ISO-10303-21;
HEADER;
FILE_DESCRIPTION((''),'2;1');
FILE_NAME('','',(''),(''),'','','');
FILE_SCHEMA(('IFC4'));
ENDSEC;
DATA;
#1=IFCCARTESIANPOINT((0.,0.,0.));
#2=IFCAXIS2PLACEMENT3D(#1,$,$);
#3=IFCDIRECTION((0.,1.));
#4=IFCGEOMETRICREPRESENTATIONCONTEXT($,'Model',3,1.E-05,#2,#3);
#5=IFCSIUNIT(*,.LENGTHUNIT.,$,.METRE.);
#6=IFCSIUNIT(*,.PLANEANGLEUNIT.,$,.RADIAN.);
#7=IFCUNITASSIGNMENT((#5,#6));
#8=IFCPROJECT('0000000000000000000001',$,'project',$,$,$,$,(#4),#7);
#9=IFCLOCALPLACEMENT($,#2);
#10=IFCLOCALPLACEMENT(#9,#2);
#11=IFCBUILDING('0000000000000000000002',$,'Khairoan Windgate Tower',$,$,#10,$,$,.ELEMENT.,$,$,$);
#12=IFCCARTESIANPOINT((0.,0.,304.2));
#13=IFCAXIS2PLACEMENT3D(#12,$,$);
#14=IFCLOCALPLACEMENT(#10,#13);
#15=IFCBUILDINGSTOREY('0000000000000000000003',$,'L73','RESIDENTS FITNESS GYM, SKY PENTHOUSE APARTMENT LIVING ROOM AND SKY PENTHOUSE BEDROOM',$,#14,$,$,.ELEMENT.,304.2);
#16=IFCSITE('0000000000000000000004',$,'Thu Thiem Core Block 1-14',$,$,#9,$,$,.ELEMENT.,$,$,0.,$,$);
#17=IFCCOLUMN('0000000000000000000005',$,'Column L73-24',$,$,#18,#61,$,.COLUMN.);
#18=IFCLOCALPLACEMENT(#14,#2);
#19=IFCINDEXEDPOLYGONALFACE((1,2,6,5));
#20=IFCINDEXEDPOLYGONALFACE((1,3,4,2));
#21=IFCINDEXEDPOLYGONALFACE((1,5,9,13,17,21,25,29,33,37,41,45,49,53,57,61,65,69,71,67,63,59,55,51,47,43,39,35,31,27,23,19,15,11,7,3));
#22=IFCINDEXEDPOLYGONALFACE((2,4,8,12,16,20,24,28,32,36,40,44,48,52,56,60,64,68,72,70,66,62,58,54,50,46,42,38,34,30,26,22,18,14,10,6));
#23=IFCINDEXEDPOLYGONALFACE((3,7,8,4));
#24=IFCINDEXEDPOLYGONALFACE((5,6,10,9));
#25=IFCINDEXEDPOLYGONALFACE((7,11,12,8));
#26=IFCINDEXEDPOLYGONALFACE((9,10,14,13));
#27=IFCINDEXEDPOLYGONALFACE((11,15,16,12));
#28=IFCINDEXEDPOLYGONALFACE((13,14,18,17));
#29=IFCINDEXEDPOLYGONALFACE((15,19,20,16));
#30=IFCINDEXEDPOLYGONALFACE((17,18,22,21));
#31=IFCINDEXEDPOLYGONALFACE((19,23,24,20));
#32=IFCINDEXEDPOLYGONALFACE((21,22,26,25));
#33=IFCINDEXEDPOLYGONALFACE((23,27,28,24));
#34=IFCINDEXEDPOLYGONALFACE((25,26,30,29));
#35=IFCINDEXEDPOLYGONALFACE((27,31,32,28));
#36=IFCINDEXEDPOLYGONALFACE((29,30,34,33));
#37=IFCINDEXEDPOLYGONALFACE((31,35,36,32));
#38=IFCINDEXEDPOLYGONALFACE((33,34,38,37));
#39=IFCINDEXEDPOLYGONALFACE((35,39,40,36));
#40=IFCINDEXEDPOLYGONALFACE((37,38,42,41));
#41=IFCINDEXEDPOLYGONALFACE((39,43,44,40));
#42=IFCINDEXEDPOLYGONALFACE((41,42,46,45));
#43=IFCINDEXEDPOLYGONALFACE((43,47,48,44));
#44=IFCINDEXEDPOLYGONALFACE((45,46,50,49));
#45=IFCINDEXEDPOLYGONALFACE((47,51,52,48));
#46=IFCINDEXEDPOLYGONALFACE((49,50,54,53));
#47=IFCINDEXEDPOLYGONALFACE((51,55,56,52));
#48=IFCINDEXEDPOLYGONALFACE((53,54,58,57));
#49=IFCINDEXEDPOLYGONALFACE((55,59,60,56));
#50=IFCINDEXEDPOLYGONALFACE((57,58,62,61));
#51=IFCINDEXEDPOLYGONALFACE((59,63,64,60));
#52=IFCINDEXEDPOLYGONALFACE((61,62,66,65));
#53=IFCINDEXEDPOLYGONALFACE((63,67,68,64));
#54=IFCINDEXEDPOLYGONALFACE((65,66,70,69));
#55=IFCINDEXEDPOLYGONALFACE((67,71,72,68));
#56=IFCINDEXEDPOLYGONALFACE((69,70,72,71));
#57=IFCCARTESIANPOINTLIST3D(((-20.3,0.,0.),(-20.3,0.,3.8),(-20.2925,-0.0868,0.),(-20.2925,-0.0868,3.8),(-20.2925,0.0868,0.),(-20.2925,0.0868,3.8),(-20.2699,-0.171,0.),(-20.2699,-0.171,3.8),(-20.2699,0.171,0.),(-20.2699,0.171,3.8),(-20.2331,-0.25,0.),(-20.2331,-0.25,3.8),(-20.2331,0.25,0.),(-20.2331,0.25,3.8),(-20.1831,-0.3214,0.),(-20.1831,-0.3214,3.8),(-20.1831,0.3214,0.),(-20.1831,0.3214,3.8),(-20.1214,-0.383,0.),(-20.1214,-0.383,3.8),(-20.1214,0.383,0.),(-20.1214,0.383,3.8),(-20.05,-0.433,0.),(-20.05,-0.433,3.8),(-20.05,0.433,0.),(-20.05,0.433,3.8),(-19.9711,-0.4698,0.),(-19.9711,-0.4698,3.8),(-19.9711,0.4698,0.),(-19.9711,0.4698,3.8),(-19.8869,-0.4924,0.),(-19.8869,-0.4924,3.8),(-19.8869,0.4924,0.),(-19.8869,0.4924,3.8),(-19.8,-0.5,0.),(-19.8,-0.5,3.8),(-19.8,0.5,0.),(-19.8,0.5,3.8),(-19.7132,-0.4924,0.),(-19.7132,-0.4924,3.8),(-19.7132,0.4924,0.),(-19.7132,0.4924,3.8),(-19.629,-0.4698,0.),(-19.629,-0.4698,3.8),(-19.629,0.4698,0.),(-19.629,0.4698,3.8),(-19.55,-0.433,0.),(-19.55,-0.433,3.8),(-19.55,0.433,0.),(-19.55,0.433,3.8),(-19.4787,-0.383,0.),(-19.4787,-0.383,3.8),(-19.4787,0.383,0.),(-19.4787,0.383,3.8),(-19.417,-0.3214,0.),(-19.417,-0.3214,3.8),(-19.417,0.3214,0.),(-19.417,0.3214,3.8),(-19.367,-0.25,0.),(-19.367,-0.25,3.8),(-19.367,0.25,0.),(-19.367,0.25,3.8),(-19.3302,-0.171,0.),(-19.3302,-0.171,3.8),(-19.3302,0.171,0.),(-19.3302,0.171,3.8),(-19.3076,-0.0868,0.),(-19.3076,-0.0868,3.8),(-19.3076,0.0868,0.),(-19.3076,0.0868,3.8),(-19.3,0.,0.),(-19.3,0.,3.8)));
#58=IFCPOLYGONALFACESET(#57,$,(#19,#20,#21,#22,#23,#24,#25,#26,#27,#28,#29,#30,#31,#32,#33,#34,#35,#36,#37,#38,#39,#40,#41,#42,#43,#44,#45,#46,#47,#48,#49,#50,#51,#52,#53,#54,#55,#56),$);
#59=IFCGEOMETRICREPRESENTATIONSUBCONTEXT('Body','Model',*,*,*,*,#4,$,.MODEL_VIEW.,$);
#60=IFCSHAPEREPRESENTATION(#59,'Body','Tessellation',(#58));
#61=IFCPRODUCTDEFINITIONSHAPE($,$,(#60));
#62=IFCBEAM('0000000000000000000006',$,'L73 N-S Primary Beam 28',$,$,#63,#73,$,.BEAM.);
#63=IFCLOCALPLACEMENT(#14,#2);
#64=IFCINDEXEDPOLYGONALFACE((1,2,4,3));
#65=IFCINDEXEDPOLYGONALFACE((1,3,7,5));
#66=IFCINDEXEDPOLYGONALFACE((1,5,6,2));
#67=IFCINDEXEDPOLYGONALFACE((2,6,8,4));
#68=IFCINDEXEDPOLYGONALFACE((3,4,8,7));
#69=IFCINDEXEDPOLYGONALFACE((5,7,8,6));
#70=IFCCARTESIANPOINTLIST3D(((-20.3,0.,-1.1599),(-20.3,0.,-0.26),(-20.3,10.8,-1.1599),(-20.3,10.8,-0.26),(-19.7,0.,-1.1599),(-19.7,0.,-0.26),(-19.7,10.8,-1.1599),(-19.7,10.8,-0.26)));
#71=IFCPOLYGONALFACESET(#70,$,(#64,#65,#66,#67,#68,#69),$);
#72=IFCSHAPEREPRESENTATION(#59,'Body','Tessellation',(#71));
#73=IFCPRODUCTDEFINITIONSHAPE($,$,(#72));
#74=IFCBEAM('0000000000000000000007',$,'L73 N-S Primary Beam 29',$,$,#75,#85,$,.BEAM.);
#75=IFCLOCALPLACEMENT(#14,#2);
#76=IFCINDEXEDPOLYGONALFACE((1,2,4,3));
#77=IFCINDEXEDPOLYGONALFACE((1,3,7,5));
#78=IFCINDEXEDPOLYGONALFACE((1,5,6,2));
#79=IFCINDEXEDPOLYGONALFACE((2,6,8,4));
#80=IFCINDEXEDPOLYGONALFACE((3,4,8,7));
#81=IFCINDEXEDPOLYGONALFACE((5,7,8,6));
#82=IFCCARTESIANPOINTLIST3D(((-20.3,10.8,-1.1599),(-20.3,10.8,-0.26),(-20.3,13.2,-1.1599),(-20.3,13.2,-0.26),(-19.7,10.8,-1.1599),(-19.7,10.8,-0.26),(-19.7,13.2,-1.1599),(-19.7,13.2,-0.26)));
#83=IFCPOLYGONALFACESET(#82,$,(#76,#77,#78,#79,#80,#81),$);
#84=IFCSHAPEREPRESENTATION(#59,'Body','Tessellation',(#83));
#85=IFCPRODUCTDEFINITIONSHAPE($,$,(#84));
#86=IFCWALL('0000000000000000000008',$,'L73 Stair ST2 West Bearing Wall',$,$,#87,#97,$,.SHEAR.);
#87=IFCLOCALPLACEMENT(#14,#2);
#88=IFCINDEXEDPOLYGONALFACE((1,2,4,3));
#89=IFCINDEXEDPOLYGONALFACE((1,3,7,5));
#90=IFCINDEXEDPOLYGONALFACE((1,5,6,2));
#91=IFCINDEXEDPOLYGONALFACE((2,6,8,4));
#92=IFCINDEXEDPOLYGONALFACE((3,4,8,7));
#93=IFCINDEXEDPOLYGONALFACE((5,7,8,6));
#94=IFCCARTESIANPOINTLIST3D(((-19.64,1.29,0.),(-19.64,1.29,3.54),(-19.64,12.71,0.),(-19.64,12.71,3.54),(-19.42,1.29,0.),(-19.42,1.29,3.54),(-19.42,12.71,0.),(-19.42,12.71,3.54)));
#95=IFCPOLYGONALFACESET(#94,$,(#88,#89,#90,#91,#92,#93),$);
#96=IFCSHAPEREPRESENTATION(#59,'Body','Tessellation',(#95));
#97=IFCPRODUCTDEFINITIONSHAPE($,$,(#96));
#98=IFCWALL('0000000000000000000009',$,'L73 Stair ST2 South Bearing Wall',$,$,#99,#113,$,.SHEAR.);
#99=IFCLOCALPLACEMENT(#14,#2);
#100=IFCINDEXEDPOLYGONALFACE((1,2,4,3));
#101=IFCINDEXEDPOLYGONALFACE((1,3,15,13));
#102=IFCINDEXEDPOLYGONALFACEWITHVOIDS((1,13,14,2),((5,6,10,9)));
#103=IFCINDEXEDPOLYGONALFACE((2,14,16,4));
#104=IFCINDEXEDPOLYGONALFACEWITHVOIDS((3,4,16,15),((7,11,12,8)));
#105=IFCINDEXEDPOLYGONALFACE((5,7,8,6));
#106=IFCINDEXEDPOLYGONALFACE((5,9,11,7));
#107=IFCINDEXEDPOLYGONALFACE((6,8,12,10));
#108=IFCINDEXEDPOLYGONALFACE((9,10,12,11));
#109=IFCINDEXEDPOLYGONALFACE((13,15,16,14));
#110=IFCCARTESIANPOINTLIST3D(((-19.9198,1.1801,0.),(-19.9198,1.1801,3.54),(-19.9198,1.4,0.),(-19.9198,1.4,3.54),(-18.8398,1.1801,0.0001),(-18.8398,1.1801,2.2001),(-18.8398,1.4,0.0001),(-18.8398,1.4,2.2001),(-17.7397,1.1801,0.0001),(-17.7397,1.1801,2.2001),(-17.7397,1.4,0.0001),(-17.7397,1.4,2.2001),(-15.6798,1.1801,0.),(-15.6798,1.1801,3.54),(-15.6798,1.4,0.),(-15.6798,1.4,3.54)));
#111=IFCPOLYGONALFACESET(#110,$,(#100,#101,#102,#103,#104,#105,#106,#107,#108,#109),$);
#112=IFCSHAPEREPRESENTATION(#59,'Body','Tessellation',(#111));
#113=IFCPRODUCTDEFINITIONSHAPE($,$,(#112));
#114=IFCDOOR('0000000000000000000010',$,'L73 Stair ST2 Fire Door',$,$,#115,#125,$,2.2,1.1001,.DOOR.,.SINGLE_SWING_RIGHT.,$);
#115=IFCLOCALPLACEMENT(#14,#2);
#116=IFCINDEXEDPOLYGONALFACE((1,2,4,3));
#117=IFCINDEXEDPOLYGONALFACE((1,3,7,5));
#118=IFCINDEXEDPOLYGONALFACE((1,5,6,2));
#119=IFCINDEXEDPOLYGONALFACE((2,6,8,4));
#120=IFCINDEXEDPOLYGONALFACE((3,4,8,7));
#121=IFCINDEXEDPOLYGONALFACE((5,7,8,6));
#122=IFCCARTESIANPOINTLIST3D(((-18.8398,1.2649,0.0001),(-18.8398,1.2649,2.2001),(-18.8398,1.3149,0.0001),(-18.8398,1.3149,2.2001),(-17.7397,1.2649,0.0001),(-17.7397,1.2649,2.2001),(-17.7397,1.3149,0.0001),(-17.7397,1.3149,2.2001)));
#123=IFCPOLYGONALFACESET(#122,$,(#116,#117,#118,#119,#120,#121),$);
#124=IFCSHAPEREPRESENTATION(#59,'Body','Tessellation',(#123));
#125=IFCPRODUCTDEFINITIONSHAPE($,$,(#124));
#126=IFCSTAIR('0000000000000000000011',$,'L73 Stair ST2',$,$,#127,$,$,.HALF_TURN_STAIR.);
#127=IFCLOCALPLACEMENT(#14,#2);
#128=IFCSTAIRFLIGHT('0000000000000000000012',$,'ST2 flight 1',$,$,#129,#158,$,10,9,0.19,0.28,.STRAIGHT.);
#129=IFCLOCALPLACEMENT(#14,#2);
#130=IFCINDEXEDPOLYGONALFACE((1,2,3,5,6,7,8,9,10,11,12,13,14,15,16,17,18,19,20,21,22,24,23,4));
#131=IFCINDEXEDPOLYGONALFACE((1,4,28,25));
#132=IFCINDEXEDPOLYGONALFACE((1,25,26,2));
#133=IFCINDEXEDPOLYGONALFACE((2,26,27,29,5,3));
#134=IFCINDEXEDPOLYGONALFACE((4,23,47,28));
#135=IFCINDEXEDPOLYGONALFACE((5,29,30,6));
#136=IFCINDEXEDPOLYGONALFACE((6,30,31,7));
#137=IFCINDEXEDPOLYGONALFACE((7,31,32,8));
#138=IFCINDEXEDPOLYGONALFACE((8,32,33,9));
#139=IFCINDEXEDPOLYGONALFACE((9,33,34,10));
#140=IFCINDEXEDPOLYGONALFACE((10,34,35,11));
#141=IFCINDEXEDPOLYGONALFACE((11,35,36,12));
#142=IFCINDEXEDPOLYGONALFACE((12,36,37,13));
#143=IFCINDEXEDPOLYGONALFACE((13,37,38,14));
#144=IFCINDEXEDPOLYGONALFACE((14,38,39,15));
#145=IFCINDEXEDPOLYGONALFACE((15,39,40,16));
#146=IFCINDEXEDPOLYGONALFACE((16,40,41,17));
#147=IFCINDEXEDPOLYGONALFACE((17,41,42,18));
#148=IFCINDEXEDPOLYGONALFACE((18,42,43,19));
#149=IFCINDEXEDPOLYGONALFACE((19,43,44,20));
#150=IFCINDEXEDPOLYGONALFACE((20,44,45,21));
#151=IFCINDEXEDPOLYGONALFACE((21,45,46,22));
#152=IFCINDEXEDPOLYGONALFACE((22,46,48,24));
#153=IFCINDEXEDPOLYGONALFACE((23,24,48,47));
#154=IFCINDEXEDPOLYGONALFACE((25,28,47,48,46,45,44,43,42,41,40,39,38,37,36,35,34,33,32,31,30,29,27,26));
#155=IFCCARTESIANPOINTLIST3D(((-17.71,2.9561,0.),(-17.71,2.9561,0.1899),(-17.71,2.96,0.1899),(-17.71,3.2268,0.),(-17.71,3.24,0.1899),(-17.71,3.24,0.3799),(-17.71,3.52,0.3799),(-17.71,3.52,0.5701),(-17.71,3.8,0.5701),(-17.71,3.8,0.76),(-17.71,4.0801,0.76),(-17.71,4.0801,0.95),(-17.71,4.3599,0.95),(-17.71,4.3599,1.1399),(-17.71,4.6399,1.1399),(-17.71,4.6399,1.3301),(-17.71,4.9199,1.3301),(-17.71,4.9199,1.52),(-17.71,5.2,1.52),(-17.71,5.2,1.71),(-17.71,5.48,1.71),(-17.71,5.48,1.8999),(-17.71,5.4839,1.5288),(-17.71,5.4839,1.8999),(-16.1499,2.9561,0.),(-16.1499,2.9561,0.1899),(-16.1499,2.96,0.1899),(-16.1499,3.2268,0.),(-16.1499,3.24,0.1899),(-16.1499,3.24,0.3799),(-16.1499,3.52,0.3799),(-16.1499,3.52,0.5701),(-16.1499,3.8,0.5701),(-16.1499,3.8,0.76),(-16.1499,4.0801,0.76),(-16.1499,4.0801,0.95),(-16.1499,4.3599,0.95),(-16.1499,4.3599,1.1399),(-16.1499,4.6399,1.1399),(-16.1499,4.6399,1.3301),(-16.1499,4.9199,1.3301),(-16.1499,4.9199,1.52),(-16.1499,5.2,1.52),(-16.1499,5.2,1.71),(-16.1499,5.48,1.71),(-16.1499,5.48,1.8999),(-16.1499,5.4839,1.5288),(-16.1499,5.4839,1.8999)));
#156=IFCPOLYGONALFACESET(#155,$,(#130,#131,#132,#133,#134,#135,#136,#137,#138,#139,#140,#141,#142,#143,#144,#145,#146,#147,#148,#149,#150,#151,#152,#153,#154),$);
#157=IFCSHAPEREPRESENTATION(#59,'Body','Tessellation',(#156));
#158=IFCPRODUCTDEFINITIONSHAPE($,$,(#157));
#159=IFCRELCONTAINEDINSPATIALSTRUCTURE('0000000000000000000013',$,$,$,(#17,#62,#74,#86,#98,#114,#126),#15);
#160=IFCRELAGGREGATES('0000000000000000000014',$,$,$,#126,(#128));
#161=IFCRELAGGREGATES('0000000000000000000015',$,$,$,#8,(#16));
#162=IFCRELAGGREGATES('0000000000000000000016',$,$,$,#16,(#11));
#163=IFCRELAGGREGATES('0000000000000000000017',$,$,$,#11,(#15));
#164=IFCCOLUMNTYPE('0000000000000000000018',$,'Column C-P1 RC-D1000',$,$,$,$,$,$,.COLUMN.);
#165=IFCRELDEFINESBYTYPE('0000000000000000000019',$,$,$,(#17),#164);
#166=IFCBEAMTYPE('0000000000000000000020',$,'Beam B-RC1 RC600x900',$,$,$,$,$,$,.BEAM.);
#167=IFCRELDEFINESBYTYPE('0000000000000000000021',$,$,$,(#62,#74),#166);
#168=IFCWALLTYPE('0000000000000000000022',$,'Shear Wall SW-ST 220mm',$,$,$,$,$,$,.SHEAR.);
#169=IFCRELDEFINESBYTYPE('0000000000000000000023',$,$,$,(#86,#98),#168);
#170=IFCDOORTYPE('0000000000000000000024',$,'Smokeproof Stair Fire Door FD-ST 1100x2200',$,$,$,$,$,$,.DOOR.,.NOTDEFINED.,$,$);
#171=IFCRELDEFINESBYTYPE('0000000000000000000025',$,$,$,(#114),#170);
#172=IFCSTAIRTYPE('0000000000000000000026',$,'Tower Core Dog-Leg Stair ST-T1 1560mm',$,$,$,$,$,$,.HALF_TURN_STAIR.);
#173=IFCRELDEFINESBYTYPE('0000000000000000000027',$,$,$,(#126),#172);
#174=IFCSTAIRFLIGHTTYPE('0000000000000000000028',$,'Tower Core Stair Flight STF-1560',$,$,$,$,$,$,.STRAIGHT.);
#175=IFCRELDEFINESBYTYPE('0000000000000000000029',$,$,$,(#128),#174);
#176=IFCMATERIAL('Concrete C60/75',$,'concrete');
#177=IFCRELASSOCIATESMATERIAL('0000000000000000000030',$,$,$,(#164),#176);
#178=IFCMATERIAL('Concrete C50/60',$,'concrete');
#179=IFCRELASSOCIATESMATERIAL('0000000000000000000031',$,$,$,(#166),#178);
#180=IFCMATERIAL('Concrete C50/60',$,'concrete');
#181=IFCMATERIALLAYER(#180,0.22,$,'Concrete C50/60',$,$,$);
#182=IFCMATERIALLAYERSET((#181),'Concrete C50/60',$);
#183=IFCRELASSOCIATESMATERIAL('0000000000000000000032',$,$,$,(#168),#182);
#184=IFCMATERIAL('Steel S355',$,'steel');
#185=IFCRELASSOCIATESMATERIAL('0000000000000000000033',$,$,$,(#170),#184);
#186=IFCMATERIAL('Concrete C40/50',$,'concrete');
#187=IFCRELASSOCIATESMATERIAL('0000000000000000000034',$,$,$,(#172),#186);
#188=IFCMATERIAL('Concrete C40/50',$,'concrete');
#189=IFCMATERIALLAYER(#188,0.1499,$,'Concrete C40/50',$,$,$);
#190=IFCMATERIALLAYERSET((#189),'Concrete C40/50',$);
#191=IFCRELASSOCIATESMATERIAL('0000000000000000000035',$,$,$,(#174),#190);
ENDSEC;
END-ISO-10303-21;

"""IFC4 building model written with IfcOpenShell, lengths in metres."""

from ifc_helpers import new_model, si_unit, direction, frame, frame_2d, origin, origin_2d, place, context, subcontext, project, spatial, polyline, rectangle, circle, outline, extrude, material, layer, layer_set, material_profile, profile_set, type_object, element, fill, aggregate, save


model = new_model("IFC4")

# Units and contexts
model_context = context("Model", 3, precision=1e-05, world=origin(), true_north=direction((0.0, 1.0)))
body_context = subcontext(model_context, "Body", "Model", "MODEL_VIEW")
ifc_project = project(units=[si_unit("LENGTHUNIT", "METRE"), si_unit("PLANEANGLEUNIT", "RADIAN")], contexts=[model_context])

# Site, building, storey
site_placement = place(None, origin())
site = spatial("IfcSite", under=ifc_project, at=site_placement, Name="Thu Thiem Core Block 1-14", CompositionType="ELEMENT", RefElevation=0.0)
building_placement = place(site_placement, origin())
building = spatial("IfcBuilding", under=site, at=building_placement, Name="Khairoan Windgate Tower", CompositionType="ELEMENT")
storey_placement = place(building_placement, frame((0.0, 0.0, 304.2)))
storey = spatial("IfcBuildingStorey", under=building, at=storey_placement, Name="L73", Description="RESIDENTS FITNESS GYM, SKY PENTHOUSE APARTMENT LIVING ROOM AND SKY PENTHOUSE BEDROOM", CompositionType="ELEMENT", Elevation=304.2)

# Column
ifc_material_1 = material(Name="Concrete C60/75", Category="concrete")
ifc_material_profile_1 = material_profile(ifc_material_1, circle(Radius=0.5, at=origin_2d()))
ifc_profile_set_1 = profile_set([ifc_material_profile_1], Name="Concrete C60/75")
column_type = type_object("IfcColumnType", Name="Column C-P1 RC-D1000", PredefinedType="COLUMN", material=ifc_profile_set_1)
column_placement = place(storey_placement, frame((-19.8, 0.0, 0.0), z_axis=(0.0, 0.0, 1.0), x_axis=(1.0, 0.0, 0.0)))
element("IfcColumn", 1, at=column_placement, inside=storey, type_object=column_type, Name="Column L73-24", PredefinedType="COLUMN", context=body_context, shape_type="SweptSolid", body=[
    extrude(circle(Radius=0.5, at=origin_2d()), origin(), (0.0, 0.0, 1.0), 3.8),
])

# Beams
ifc_material_2 = material(Name="Concrete C50/60", Category="concrete")
ifc_material_profile_2 = material_profile(ifc_material_2, rectangle(XDim=0.6001, YDim=0.8999, at=origin_2d()))
ifc_profile_set_2 = profile_set([ifc_material_profile_2], Name="Concrete C50/60")
beam_type = type_object("IfcBeamType", Name="Beam B-RC1 RC600x900", PredefinedType="BEAM", material=ifc_profile_set_2)
beam_1_placement = place(storey_placement, frame((-20.0, 0.0, -0.71), z_axis=(0.0, 1.0, 0.0), x_axis=(-1.0, 0.0, 0.0)))
element("IfcBeam", 2, at=beam_1_placement, inside=storey, type_object=beam_type, Name="L73 N-S Primary Beam 28", PredefinedType="BEAM", context=body_context, shape_type="SweptSolid", body=[
    extrude(rectangle(XDim=0.6001, YDim=0.8999, at=origin_2d()), origin(), (0.0, 0.0, 1.0), 10.8),
])
beam_2_placement = place(storey_placement, frame((-20.0, 10.8, -0.71), z_axis=(0.0, 1.0, 0.0), x_axis=(-1.0, 0.0, 0.0)))
element("IfcBeam", 3, at=beam_2_placement, inside=storey, type_object=beam_type, Name="L73 N-S Primary Beam 29", PredefinedType="BEAM", context=body_context, shape_type="SweptSolid", body=[
    extrude(rectangle(XDim=0.6001, YDim=0.8999, at=origin_2d()), origin(), (0.0, 0.0, 1.0), 2.3999),
])

# Wall
ifc_material_3 = material(Name="Concrete C50/60", Category="concrete")
ifc_layer_1 = layer(ifc_material_3, 0.22, Name="Concrete C50/60")
ifc_layer_set_1 = layer_set([ifc_layer_1], Name="Concrete C50/60")
wall_type = type_object("IfcWallType", Name="Shear Wall SW-ST 220mm", PredefinedType="SHEAR", material=ifc_layer_set_1)
wall_1_placement = place(storey_placement, frame((-19.53, 1.29, 0.0), z_axis=(0.0, 0.0, 1.0), x_axis=(0.0, 1.0, 0.0)))
element("IfcWall", 4, at=wall_1_placement, inside=storey, type_object=wall_type, Name="L73 Stair ST2 West Bearing Wall", PredefinedType="SHEAR", context=body_context, shape_type="SweptSolid", body=[
    extrude(rectangle(XDim=11.4199, YDim=0.22, at=frame_2d((5.71, 0.0))), origin(), (0.0, 0.0, 1.0), 3.54),
])

# Wall, opening, door
wall_2_placement = place(storey_placement, frame((-19.9199, 1.29, 0.0), z_axis=(0.0, 0.0, 1.0), x_axis=(1.0, 0.0, 0.0)))
wall_2 = element("IfcWall", 5, at=wall_2_placement, inside=storey, type_object=wall_type, Name="L73 Stair ST2 South Bearing Wall", PredefinedType="SHEAR", context=body_context, shape_type="SweptSolid", body=[
    extrude(rectangle(XDim=4.24, YDim=0.22, at=frame_2d((2.1201, 0.0))), origin(), (0.0, 0.0, 1.0), 3.54),
])
opening_placement = place(wall_2_placement, frame((1.0801, 0.0, 0.0)))
opening = element("IfcOpeningElement", 6, at=opening_placement, cuts=wall_2, PredefinedType="OPENING", context=body_context, shape_type="SweptSolid", body=[
    extrude(rectangle(XDim=1.1001, YDim=2.2, at=frame_2d((0.55, 1.1001))), frame((0.0, 0.1199, 0.0), z_axis=(0.0, -1.0, 0.0), x_axis=(1.0, 0.0, 0.0)), (0.0, 0.0, 1.0), 0.24),
])
ifc_material_4 = material(Name="Steel S355", Category="steel")
door_type = type_object("IfcDoorType", Name="Smokeproof Stair Fire Door FD-ST 1100x2200", OperationType="NOTDEFINED", PredefinedType="DOOR", material=ifc_material_4)
door_placement = place(opening_placement, origin())
door = element("IfcDoor", 7, at=door_placement, inside=storey, type_object=door_type, Name="L73 Stair ST2 Fire Door", OperationType="SINGLE_SWING_RIGHT", OverallHeight=2.2, OverallWidth=1.1001, PredefinedType="DOOR", context=body_context, shape_type="SweptSolid", body=[
    extrude(rectangle(XDim=1.1001, YDim=2.2, at=frame_2d((0.55, 1.1001))), frame((0.0, 0.0249, 0.0), z_axis=(0.0, -1.0, 0.0), x_axis=(1.0, 0.0, 0.0)), (0.0, 0.0, 1.0), 0.05),
])
fill(opening, door)

# Stair, stair flight
ifc_material_5 = material(Name="Concrete C40/50", Category="concrete")
stair_type = type_object("IfcStairType", Name="Tower Core Dog-Leg Stair ST-T1 1560mm", PredefinedType="HALF_TURN_STAIR", material=ifc_material_5)
stair_placement = place(storey_placement, origin())
stair = element("IfcStair", 8, at=stair_placement, inside=storey, type_object=stair_type, Name="L73 Stair ST2", PredefinedType="HALF_TURN_STAIR")
ifc_material_6 = material(Name="Concrete C40/50", Category="concrete")
ifc_layer_2 = layer(ifc_material_6, 0.1499, Name="Concrete C40/50")
ifc_layer_set_2 = layer_set([ifc_layer_2], Name="Concrete C40/50")
stair_flight_type = type_object("IfcStairFlightType", Name="Tower Core Stair Flight STF-1560", PredefinedType="STRAIGHT", material=ifc_layer_set_2)
stair_flight_1_placement = place(storey_placement, frame((-16.9299, 2.96, 0.0), z_axis=(0.0, 0.0, 1.0), x_axis=(0.0, 1.0, 0.0)))
stair_flight_1 = element("IfcStairFlight", 9, at=stair_flight_1_placement, type_object=stair_flight_type, Name="ST2 flight 1", NumberOfRisers=10, NumberOfTreads=9, PredefinedType="STRAIGHT", RiserHeight=0.19, TreadLength=0.28, context=body_context, shape_type="SweptSolid", body=[
    extrude(outline(polyline([(-0.0039, 0.0), (-0.0039, 0.1899), (0.0, 0.1899), (0.28, 0.1899), (0.28, 0.3799), (0.5601, 0.3799), (0.5601, 0.5701), (0.8401, 0.5701), (0.8401, 0.76), (1.1201, 0.76), (1.1201, 0.95), (1.3999, 0.95), (1.3999, 1.1399), (1.6799, 1.1399), (1.6799, 1.3301), (1.96, 1.3301), (1.96, 1.52), (2.24, 1.52), (2.24, 1.71), (2.52, 1.71), (2.52, 1.8999), (2.5239, 1.8999), (2.5239, 1.5288), (0.2668, 0.0), (-0.0039, 0.0)])), frame((0.0, 0.78, 0.0), z_axis=(0.0, -1.0, 0.0), x_axis=(1.0, 0.0, 0.0)), (0.0, 0.0, 1.0), 1.5601),
])
aggregate(stair, [stair_flight_1])

save(model, "model.ifc")
